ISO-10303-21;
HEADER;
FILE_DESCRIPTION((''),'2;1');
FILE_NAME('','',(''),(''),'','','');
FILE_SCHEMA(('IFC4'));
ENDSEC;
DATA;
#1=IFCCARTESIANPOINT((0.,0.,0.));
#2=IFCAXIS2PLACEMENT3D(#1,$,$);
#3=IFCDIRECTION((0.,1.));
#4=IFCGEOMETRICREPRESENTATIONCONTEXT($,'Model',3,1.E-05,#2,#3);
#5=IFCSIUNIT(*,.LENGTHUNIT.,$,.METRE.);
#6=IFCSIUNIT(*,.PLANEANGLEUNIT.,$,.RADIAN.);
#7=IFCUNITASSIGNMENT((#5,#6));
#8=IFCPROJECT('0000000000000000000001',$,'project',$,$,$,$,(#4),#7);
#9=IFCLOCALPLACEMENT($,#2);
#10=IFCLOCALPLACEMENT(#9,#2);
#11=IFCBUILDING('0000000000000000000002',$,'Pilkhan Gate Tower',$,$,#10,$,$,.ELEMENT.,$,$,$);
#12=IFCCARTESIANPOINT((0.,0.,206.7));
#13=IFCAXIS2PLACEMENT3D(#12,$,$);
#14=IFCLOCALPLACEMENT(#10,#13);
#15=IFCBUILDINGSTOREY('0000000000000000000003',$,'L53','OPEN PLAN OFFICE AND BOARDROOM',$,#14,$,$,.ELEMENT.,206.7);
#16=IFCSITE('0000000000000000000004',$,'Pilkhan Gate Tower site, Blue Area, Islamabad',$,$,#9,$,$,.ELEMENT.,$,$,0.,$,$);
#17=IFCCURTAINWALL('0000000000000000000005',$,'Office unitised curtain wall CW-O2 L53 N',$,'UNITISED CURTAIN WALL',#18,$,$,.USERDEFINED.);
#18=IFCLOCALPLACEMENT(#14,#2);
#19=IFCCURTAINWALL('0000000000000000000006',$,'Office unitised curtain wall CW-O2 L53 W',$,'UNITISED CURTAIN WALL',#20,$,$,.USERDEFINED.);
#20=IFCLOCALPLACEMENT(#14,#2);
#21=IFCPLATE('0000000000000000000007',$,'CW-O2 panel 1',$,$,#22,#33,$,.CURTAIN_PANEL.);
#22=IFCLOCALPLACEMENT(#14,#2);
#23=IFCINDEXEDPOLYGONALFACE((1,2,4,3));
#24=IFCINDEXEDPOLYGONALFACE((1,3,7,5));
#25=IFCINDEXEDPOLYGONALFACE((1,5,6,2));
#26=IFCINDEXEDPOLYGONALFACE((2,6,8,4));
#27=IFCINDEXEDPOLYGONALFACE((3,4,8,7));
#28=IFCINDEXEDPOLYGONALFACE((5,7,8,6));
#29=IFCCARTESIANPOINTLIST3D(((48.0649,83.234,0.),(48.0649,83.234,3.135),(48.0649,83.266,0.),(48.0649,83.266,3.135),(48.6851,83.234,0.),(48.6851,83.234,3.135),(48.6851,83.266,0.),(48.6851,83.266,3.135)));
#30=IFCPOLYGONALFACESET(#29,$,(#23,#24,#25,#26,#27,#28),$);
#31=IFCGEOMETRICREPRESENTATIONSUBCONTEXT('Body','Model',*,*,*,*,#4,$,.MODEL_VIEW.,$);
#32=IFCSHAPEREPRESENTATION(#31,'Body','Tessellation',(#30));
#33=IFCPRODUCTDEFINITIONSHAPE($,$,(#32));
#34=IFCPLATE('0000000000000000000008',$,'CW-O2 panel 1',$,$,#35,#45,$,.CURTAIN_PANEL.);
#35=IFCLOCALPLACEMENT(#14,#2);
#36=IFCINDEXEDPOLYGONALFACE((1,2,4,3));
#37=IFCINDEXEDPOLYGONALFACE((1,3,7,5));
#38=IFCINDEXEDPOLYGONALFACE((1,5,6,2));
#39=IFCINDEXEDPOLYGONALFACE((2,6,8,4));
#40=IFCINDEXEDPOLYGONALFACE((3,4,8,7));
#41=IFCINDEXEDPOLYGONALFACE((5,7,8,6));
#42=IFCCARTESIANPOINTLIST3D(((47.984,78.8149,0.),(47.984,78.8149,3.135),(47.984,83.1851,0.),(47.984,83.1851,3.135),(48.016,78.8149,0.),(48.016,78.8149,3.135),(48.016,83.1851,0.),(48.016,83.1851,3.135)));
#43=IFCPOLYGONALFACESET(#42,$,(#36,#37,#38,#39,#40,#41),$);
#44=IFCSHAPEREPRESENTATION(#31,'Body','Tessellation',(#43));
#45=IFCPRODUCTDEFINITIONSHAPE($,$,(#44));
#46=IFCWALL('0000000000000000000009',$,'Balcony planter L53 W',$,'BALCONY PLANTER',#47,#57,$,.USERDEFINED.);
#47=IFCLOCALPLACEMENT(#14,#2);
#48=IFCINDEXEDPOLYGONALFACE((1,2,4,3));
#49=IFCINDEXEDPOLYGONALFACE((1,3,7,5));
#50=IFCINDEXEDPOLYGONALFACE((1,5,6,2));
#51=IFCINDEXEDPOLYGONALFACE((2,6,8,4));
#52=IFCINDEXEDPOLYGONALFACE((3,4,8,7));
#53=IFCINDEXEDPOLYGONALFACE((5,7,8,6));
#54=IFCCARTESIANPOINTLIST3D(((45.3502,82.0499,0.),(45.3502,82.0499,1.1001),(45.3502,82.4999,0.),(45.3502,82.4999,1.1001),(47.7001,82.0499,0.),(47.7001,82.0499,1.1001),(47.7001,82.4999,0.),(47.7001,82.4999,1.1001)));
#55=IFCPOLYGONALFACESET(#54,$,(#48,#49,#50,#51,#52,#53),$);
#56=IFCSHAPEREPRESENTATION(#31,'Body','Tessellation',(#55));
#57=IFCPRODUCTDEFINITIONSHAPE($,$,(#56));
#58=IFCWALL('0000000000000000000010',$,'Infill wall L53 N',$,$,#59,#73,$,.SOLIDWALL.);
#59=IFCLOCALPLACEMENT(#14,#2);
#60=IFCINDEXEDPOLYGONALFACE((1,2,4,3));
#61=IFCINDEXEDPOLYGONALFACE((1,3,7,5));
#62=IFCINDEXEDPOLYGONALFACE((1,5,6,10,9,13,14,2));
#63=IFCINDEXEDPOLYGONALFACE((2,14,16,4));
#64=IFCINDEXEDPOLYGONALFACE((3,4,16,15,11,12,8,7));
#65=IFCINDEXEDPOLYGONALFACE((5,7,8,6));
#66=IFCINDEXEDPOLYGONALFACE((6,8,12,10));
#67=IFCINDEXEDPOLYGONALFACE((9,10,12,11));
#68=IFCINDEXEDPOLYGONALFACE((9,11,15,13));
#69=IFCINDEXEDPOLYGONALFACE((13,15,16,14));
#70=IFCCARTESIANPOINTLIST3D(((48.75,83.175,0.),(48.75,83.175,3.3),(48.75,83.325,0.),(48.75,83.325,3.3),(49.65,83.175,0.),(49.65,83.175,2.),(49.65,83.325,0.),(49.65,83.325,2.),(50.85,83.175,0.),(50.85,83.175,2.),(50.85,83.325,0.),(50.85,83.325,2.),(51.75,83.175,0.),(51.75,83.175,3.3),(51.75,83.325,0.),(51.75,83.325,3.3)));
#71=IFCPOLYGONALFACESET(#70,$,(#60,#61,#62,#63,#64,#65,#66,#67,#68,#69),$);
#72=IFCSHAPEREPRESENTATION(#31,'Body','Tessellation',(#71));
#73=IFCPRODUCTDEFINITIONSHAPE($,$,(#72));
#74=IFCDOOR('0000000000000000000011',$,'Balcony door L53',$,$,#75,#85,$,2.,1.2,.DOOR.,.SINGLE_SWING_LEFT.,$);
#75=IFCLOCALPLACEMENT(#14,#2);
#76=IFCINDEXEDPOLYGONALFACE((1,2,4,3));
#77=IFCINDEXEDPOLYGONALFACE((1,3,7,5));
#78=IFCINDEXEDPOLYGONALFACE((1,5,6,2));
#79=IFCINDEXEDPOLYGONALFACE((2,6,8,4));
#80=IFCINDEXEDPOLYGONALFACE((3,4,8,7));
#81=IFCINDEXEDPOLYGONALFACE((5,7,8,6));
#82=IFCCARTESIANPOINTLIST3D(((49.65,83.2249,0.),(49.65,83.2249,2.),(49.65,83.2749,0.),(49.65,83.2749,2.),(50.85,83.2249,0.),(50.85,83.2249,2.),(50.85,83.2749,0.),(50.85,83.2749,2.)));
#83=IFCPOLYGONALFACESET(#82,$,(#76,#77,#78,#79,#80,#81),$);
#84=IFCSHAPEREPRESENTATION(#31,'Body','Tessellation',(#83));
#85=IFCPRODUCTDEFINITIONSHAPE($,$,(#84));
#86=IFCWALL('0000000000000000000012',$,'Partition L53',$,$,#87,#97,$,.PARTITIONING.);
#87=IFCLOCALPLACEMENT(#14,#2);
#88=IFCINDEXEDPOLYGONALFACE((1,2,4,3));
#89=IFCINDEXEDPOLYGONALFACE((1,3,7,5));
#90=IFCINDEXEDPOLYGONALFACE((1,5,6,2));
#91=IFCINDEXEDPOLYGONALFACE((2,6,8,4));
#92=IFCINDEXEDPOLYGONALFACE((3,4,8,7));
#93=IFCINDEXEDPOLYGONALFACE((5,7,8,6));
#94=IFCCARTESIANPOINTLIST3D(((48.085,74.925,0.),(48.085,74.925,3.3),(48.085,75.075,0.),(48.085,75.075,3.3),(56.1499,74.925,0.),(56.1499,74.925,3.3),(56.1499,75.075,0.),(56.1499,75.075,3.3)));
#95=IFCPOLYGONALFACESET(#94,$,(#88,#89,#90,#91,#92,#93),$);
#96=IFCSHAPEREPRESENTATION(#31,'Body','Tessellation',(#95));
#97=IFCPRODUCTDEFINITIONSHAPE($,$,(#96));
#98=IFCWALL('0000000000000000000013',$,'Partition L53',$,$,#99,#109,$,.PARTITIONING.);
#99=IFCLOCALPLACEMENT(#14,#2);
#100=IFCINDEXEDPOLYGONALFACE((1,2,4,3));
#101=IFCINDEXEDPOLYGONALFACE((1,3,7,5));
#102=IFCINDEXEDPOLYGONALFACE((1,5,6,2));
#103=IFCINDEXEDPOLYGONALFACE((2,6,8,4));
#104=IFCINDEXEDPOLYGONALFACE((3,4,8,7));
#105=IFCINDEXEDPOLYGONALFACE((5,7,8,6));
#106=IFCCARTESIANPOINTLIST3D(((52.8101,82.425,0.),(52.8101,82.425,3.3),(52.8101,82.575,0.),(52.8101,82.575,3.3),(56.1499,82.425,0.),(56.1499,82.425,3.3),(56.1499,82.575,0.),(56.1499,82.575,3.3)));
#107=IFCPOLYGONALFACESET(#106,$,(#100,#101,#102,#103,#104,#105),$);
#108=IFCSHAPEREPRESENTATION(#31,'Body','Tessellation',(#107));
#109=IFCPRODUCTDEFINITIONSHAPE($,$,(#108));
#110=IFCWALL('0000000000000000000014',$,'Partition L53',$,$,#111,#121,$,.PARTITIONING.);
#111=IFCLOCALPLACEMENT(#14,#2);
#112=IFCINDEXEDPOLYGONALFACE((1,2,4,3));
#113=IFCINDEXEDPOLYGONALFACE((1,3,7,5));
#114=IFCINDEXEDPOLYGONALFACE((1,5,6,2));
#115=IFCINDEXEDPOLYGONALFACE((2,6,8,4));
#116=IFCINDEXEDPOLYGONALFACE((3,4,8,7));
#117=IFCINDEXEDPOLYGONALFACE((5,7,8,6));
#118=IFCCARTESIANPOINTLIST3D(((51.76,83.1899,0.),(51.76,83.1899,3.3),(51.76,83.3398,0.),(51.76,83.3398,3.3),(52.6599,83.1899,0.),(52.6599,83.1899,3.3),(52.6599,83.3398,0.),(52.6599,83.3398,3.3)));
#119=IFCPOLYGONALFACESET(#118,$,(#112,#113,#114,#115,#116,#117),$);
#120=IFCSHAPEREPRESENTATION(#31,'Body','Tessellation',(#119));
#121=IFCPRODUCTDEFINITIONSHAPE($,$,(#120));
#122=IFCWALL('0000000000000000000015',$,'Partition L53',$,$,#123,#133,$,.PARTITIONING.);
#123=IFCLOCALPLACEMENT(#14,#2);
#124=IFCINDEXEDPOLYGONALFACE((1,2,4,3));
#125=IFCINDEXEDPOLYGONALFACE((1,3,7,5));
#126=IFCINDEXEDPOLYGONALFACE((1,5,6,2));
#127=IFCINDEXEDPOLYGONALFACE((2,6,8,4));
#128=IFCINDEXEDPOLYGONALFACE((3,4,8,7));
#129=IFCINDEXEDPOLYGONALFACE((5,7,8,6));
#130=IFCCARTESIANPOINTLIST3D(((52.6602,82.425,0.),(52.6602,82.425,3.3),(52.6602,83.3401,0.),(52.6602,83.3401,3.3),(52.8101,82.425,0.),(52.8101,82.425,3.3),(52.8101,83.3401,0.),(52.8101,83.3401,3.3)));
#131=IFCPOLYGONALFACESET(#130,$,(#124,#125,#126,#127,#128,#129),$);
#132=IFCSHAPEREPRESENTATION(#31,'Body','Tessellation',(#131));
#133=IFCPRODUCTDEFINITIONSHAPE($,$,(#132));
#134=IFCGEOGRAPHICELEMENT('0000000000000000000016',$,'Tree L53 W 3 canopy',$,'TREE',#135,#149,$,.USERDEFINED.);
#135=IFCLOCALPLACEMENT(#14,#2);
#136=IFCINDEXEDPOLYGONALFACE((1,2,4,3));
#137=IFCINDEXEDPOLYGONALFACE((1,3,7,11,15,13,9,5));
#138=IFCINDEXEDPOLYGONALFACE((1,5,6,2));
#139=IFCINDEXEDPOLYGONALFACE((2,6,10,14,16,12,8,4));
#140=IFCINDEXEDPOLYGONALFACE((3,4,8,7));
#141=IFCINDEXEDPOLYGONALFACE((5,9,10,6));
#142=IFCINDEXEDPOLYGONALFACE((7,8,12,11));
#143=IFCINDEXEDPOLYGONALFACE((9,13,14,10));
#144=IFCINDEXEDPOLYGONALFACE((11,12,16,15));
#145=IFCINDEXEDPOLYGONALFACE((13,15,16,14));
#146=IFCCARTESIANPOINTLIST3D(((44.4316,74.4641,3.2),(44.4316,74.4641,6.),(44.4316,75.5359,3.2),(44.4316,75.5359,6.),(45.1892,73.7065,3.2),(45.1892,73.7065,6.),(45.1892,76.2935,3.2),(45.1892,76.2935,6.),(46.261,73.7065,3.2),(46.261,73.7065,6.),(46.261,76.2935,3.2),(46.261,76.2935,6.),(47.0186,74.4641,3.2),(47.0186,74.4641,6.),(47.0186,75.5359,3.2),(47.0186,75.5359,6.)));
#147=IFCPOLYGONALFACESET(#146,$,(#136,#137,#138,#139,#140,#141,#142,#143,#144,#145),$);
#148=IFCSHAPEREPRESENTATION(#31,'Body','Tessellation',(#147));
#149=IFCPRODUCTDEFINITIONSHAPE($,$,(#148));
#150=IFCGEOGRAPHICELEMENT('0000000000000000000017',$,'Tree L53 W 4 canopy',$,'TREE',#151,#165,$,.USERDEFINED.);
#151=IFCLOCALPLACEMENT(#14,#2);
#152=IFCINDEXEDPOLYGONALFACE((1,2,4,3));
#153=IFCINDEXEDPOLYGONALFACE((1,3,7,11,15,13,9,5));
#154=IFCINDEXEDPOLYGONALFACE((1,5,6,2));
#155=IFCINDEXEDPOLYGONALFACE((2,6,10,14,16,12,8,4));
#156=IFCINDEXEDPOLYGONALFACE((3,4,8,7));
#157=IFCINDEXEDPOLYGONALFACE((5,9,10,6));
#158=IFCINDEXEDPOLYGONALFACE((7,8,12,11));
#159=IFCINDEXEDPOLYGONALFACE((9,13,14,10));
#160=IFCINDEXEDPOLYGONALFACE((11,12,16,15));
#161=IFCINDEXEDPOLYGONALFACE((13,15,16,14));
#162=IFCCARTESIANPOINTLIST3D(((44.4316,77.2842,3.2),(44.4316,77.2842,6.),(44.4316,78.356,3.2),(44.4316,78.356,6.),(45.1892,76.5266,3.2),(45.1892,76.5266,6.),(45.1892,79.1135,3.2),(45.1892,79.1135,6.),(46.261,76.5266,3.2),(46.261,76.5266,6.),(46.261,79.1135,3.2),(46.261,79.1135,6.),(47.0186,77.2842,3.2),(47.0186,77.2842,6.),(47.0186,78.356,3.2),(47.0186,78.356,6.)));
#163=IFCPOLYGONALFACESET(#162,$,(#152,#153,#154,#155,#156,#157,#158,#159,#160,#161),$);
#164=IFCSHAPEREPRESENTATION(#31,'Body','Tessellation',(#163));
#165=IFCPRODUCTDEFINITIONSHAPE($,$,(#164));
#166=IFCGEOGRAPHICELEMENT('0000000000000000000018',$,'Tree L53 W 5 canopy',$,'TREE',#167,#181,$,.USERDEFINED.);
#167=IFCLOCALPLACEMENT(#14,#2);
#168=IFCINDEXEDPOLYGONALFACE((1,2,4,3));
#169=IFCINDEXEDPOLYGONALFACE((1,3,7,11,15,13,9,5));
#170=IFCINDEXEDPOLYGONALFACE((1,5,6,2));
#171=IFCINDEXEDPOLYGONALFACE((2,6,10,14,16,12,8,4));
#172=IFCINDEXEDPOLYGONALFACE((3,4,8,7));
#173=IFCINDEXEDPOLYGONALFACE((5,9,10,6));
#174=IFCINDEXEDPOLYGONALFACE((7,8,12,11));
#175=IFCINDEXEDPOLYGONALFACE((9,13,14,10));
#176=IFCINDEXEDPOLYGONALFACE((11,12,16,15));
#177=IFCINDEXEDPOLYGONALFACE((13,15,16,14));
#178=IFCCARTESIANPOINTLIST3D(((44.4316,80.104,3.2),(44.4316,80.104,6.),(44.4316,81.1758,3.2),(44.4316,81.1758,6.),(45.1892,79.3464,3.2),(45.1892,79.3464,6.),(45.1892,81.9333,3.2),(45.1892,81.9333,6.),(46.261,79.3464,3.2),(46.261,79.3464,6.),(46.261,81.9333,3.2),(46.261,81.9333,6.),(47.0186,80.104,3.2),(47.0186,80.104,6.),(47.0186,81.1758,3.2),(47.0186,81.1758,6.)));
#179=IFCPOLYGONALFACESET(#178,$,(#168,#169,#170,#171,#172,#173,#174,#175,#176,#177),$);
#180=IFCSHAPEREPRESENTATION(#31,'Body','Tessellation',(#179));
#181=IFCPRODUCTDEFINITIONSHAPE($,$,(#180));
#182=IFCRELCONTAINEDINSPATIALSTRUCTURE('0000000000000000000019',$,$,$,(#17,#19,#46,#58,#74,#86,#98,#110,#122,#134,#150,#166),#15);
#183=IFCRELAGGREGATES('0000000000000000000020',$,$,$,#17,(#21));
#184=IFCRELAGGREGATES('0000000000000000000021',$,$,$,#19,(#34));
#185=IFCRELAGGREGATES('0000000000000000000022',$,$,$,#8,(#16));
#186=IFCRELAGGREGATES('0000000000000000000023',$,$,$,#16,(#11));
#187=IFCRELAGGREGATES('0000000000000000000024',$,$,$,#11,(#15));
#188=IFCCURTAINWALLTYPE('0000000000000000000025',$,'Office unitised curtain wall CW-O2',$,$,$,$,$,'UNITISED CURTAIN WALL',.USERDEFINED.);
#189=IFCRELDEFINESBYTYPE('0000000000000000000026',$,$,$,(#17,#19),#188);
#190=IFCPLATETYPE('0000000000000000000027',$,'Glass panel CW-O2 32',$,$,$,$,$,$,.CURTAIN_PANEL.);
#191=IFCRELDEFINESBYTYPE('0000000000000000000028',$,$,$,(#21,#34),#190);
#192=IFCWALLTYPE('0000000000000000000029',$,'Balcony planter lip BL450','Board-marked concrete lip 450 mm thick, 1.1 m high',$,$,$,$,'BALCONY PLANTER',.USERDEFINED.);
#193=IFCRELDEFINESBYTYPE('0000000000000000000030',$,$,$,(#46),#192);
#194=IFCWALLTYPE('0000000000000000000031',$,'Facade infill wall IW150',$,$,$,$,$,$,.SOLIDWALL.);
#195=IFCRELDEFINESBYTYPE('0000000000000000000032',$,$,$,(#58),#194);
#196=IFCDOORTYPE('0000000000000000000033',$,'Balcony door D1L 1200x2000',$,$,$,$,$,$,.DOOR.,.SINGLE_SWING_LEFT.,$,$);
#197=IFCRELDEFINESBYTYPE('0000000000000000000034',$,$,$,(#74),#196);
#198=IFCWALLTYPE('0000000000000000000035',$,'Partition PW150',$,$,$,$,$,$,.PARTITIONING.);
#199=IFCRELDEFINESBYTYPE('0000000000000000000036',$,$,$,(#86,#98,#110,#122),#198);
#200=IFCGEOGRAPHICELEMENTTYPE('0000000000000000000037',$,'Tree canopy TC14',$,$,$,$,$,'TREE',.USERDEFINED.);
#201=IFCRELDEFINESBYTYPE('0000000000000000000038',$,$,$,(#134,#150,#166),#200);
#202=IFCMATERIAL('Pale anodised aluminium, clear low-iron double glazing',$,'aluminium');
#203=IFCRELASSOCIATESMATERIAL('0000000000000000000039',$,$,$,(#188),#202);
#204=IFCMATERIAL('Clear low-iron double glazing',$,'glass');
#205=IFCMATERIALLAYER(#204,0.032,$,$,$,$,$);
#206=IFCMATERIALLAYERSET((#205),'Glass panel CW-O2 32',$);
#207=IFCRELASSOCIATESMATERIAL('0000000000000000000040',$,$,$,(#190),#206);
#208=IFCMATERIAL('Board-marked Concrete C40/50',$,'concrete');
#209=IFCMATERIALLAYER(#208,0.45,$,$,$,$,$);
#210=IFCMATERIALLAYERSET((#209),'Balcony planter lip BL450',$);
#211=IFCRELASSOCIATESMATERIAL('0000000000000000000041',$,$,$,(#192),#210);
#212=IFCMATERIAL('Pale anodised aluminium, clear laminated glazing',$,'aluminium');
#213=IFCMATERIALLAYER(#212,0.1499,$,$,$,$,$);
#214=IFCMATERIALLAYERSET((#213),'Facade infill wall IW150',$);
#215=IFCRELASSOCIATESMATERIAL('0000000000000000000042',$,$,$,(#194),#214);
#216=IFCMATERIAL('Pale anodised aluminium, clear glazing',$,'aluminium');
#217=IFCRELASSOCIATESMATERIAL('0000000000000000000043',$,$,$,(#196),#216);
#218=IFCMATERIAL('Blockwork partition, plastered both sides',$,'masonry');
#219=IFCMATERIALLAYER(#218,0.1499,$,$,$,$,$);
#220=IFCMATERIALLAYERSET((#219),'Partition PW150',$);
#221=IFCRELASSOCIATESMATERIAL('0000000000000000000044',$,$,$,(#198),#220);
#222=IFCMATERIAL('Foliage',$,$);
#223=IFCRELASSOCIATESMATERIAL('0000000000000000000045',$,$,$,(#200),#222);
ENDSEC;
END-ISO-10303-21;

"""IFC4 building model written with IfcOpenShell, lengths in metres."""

from ifc_helpers import new_model, si_unit, direction, frame, frame_2d, origin, origin_2d, place, context, subcontext, project, spatial, polyline, rectangle, outline, extrude, material, layer, layer_set, material_profile, profile_set, type_object, element, fill, aggregate, save


model = new_model("IFC4")

# Units and contexts
model_context = context("Model", 3, precision=1e-05, world=origin(), true_north=direction((0.0, 1.0)))
body_context = subcontext(model_context, "Body", "Model", "MODEL_VIEW")
ifc_project = project(units=[si_unit("LENGTHUNIT", "METRE"), si_unit("PLANEANGLEUNIT", "RADIAN")], contexts=[model_context])

# Site, building, storey
site_placement = place(None, origin())
site = spatial("IfcSite", under=ifc_project, at=site_placement, Name="Pilkhan Gate Tower site, Blue Area, Islamabad", CompositionType="ELEMENT", RefElevation=0.0)
building_placement = place(site_placement, origin())
building = spatial("IfcBuilding", under=site, at=building_placement, Name="Pilkhan Gate Tower", CompositionType="ELEMENT")
storey_placement = place(building_placement, frame((0.0, 0.0, 206.7)))
storey = spatial("IfcBuildingStorey", under=building, at=storey_placement, Name="L53", Description="OPEN PLAN OFFICE AND BOARDROOM", CompositionType="ELEMENT", Elevation=206.7)

# Curtain walls
ifc_material_1 = material(Name="Pale anodised aluminium, clear low-iron double glazing", Category="aluminium")
curtain_wall_type = type_object("IfcCurtainWallType", Name="Office unitised curtain wall CW-O2", ElementType="UNITISED CURTAIN WALL", PredefinedType="USERDEFINED", material=ifc_material_1)
curtain_wall_1_placement = place(storey_placement, origin())
curtain_wall_1 = element("IfcCurtainWall", 1, at=curtain_wall_1_placement, inside=storey, type_object=curtain_wall_type, Name="Office unitised curtain wall CW-O2 L53 N", ObjectType="UNITISED CURTAIN WALL", PredefinedType="USERDEFINED")
curtain_wall_2_placement = place(storey_placement, origin())
curtain_wall_2 = element("IfcCurtainWall", 2, at=curtain_wall_2_placement, inside=storey, type_object=curtain_wall_type, Name="Office unitised curtain wall CW-O2 L53 W", ObjectType="UNITISED CURTAIN WALL", PredefinedType="USERDEFINED")

# Plates
ifc_material_2 = material(Name="Clear low-iron double glazing", Category="glass")
ifc_layer_1 = layer(ifc_material_2, 0.032)
ifc_layer_set_1 = layer_set([ifc_layer_1], Name="Glass panel CW-O2 32")
plate_type = type_object("IfcPlateType", Name="Glass panel CW-O2 32", PredefinedType="CURTAIN_PANEL", material=ifc_layer_set_1)
plate_1_placement = place(storey_placement, frame((48.375, 83.25, 0.0), z_axis=(0.0, 0.0, 1.0), x_axis=(1.0, 0.0, 0.0)))
plate_1 = element("IfcPlate", 3, at=plate_1_placement, type_object=plate_type, Name="CW-O2 panel 1", PredefinedType="CURTAIN_PANEL", context=body_context, shape_type="SweptSolid", body=[
    extrude(rectangle(XDim=0.6201, YDim=0.032, at=origin_2d()), origin(), (0.0, 0.0, 1.0), 3.135),
])
aggregate(curtain_wall_1, [plate_1])
plate_2_placement = place(storey_placement, frame((48.0, 81.0, 0.0), z_axis=(0.0, 0.0, 1.0), x_axis=(0.0, 1.0, 0.0)))
plate_2 = element("IfcPlate", 4, at=plate_2_placement, type_object=plate_type, Name="CW-O2 panel 1", PredefinedType="CURTAIN_PANEL", context=body_context, shape_type="SweptSolid", body=[
    extrude(rectangle(XDim=4.3701, YDim=0.032, at=origin_2d()), origin(), (0.0, 0.0, 1.0), 3.135),
])
aggregate(curtain_wall_2, [plate_2])

# Wall
ifc_material_3 = material(Name="Board-marked Concrete C40/50", Category="concrete")
ifc_layer_2 = layer(ifc_material_3, 0.45)
ifc_layer_set_2 = layer_set([ifc_layer_2], Name="Balcony planter lip BL450")
wall_type_1 = type_object("IfcWallType", Name="Balcony planter lip BL450", Description="Board-marked concrete lip 450 mm thick, 1.1 m high", ElementType="BALCONY PLANTER", PredefinedType="USERDEFINED", material=ifc_layer_set_2)
wall_1_placement = place(storey_placement, frame((47.7, 82.2749, 0.0), z_axis=(0.0, 0.0, 1.0), x_axis=(-1.0, 0.0, 0.0)))
element("IfcWall", 5, at=wall_1_placement, inside=storey, type_object=wall_type_1, Name="Balcony planter L53 W", ObjectType="BALCONY PLANTER", PredefinedType="USERDEFINED", context=body_context, shape_type="SweptSolid", body=[
    extrude(rectangle(XDim=2.3499, YDim=0.45, at=frame_2d((1.1748, 0.0))), origin(), (0.0, 0.0, 1.0), 1.1001),
])

# Wall, opening, door
ifc_material_4 = material(Name="Pale anodised aluminium, clear laminated glazing", Category="aluminium")
ifc_layer_3 = layer(ifc_material_4, 0.1499)
ifc_layer_set_3 = layer_set([ifc_layer_3], Name="Facade infill wall IW150")
wall_type_2 = type_object("IfcWallType", Name="Facade infill wall IW150", PredefinedType="SOLIDWALL", material=ifc_layer_set_3)
wall_2_placement = place(storey_placement, frame((48.75, 83.25, 0.0), z_axis=(0.0, 0.0, 1.0), x_axis=(1.0, 0.0, 0.0)))
wall_2 = element("IfcWall", 6, at=wall_2_placement, inside=storey, type_object=wall_type_2, Name="Infill wall L53 N", PredefinedType="SOLIDWALL", context=body_context, shape_type="SweptSolid", body=[
    extrude(rectangle(XDim=3.0, YDim=0.1499, at=frame_2d((1.5, 0.0))), origin(), (0.0, 0.0, 1.0), 3.3),
])
opening_1_placement = place(wall_2_placement, frame((0.8999, 0.0, 0.0)))
opening_1 = element("IfcOpeningElement", 7, at=opening_1_placement, cuts=wall_2, PredefinedType="OPENING", context=body_context, shape_type="SweptSolid", body=[
    extrude(rectangle(XDim=1.2, YDim=2.0, at=frame_2d((0.6001, 1.0))), frame((0.0, 0.085, 0.0), z_axis=(0.0, -1.0, 0.0), x_axis=(1.0, 0.0, 0.0)), (0.0, 0.0, 1.0), 0.1699),
])
ifc_material_5 = material(Name="Pale anodised aluminium, clear glazing", Category="aluminium")
door_type_1 = type_object("IfcDoorType", Name="Balcony door D1L 1200x2000", OperationType="SINGLE_SWING_LEFT", PredefinedType="DOOR", material=ifc_material_5)
door_1_placement = place(opening_1_placement, origin())
door_1 = element("IfcDoor", 8, at=door_1_placement, inside=storey, type_object=door_type_1, Name="Balcony door L53", OperationType="SINGLE_SWING_LEFT", OverallHeight=2.0, OverallWidth=1.2, PredefinedType="DOOR", context=body_context, shape_type="SweptSolid", body=[
    extrude(rectangle(XDim=1.2, YDim=2.0, at=frame_2d((0.6001, 1.0))), frame((0.0, 0.0249, 0.0), z_axis=(0.0, -1.0, 0.0), x_axis=(1.0, 0.0, 0.0)), (0.0, 0.0, 1.0), 0.05),
])
fill(opening_1, door_1)

# Walls
ifc_material_6 = material(Name="Blockwork partition, plastered both sides", Category="masonry")
ifc_layer_4 = layer(ifc_material_6, 0.1499)
ifc_layer_set_4 = layer_set([ifc_layer_4], Name="Partition PW150")
wall_type_3 = type_object("IfcWallType", Name="Partition PW150", PredefinedType="PARTITIONING", material=ifc_layer_set_4)
wall_3_placement = place(storey_placement, frame((48.085, 75.0, 0.0), z_axis=(0.0, 0.0, 1.0), x_axis=(1.0, 0.0, 0.0)))
element("IfcWall", 9, at=wall_3_placement, inside=storey, type_object=wall_type_3, Name="Partition L53", PredefinedType="PARTITIONING", context=body_context, shape_type="SweptSolid", body=[
    extrude(rectangle(XDim=8.0649, YDim=0.1499, at=frame_2d((4.0325, 0.0))), origin(), (0.0, 0.0, 1.0), 3.3),
])
wall_4_placement = place(storey_placement, frame((52.8101, 82.5, 0.0), z_axis=(0.0, 0.0, 1.0), x_axis=(1.0, 0.0, 0.0)))
element("IfcWall", 10, at=wall_4_placement, inside=storey, type_object=wall_type_3, Name="Partition L53", PredefinedType="PARTITIONING", context=body_context, shape_type="SweptSolid", body=[
    extrude(rectangle(XDim=3.3398, YDim=0.1499, at=frame_2d((1.6699, 0.0))), origin(), (0.0, 0.0, 1.0), 3.3),
])
wall_5_placement = place(storey_placement, frame((51.76, 83.2649, 0.0), z_axis=(0.0, 0.0, 1.0), x_axis=(1.0, 0.0, 0.0)))
element("IfcWall", 11, at=wall_5_placement, inside=storey, type_object=wall_type_3, Name="Partition L53", PredefinedType="PARTITIONING", context=body_context, shape_type="SweptSolid", body=[
    extrude(rectangle(XDim=0.8999, YDim=0.1499, at=frame_2d((0.45, 0.0))), origin(), (0.0, 0.0, 1.0), 3.3),
])
wall_6_placement = place(storey_placement, frame((52.7351, 82.425, 0.0), z_axis=(0.0, 0.0, 1.0), x_axis=(0.0, 1.0, 0.0)))
element("IfcWall", 12, at=wall_6_placement, inside=storey, type_object=wall_type_3, Name="Partition L53", PredefinedType="PARTITIONING", context=body_context, shape_type="SweptSolid", body=[
    extrude(rectangle(XDim=0.915, YDim=0.1499, at=frame_2d((0.4575, 0.0))), origin(), (0.0, 0.0, 1.0), 3.3),
])

# Geographic elements
ifc_material_7 = material(Name="Foliage")
ifc_material_profile_1 = material_profile(ifc_material_7, outline(polyline([(1.2935, 0.5359), (0.5359, 1.2935), (-0.5359, 1.2935), (-1.2935, 0.5359), (-1.2935, -0.5359), (-0.5359, -1.2935), (0.5359, -1.2935), (1.2935, -0.5359), (1.2935, 0.5359)])), Name="Canopy D2.8")
ifc_profile_set_1 = profile_set([ifc_material_profile_1], Name="Foliage")
geographic_element_type_1 = type_object("IfcGeographicElementType", Name="Tree canopy TC14", ElementType="TREE", PredefinedType="USERDEFINED", material=ifc_profile_set_1)
for number, where, z_axis, x_axis, name in (
    (13, (45.7251, 75.0, 3.2), (0.0, 0.0, 1.0), (1.0, 0.0, 0.0), "Tree L53 W 3 canopy"),
    (14, (45.7251, 77.8201, 3.2), (0.0, 0.0, 1.0), (1.0, 0.0, 0.0), "Tree L53 W 4 canopy"),
    (15, (45.7251, 80.6399, 3.2), (0.0, 0.0, 1.0), (1.0, 0.0, 0.0), "Tree L53 W 5 canopy"),
):
    element("IfcGeographicElement", number, at=place(storey_placement, frame(where, z_axis=z_axis, x_axis=x_axis)), inside=storey, type_object=geographic_element_type_1, Name=name, ObjectType="TREE", PredefinedType="USERDEFINED", context=body_context, shape_type="SweptSolid", body=[
        extrude(outline(polyline([(1.2935, 0.5359), (0.5359, 1.2935), (-0.5359, 1.2935), (-1.2935, 0.5359), (-1.2935, -0.5359), (-0.5359, -1.2935), (0.5359, -1.2935), (1.2935, -0.5359), (1.2935, 0.5359)])), origin(), (0.0, 0.0, 1.0), 2.8),
    ])

save(model, "model.ifc")
